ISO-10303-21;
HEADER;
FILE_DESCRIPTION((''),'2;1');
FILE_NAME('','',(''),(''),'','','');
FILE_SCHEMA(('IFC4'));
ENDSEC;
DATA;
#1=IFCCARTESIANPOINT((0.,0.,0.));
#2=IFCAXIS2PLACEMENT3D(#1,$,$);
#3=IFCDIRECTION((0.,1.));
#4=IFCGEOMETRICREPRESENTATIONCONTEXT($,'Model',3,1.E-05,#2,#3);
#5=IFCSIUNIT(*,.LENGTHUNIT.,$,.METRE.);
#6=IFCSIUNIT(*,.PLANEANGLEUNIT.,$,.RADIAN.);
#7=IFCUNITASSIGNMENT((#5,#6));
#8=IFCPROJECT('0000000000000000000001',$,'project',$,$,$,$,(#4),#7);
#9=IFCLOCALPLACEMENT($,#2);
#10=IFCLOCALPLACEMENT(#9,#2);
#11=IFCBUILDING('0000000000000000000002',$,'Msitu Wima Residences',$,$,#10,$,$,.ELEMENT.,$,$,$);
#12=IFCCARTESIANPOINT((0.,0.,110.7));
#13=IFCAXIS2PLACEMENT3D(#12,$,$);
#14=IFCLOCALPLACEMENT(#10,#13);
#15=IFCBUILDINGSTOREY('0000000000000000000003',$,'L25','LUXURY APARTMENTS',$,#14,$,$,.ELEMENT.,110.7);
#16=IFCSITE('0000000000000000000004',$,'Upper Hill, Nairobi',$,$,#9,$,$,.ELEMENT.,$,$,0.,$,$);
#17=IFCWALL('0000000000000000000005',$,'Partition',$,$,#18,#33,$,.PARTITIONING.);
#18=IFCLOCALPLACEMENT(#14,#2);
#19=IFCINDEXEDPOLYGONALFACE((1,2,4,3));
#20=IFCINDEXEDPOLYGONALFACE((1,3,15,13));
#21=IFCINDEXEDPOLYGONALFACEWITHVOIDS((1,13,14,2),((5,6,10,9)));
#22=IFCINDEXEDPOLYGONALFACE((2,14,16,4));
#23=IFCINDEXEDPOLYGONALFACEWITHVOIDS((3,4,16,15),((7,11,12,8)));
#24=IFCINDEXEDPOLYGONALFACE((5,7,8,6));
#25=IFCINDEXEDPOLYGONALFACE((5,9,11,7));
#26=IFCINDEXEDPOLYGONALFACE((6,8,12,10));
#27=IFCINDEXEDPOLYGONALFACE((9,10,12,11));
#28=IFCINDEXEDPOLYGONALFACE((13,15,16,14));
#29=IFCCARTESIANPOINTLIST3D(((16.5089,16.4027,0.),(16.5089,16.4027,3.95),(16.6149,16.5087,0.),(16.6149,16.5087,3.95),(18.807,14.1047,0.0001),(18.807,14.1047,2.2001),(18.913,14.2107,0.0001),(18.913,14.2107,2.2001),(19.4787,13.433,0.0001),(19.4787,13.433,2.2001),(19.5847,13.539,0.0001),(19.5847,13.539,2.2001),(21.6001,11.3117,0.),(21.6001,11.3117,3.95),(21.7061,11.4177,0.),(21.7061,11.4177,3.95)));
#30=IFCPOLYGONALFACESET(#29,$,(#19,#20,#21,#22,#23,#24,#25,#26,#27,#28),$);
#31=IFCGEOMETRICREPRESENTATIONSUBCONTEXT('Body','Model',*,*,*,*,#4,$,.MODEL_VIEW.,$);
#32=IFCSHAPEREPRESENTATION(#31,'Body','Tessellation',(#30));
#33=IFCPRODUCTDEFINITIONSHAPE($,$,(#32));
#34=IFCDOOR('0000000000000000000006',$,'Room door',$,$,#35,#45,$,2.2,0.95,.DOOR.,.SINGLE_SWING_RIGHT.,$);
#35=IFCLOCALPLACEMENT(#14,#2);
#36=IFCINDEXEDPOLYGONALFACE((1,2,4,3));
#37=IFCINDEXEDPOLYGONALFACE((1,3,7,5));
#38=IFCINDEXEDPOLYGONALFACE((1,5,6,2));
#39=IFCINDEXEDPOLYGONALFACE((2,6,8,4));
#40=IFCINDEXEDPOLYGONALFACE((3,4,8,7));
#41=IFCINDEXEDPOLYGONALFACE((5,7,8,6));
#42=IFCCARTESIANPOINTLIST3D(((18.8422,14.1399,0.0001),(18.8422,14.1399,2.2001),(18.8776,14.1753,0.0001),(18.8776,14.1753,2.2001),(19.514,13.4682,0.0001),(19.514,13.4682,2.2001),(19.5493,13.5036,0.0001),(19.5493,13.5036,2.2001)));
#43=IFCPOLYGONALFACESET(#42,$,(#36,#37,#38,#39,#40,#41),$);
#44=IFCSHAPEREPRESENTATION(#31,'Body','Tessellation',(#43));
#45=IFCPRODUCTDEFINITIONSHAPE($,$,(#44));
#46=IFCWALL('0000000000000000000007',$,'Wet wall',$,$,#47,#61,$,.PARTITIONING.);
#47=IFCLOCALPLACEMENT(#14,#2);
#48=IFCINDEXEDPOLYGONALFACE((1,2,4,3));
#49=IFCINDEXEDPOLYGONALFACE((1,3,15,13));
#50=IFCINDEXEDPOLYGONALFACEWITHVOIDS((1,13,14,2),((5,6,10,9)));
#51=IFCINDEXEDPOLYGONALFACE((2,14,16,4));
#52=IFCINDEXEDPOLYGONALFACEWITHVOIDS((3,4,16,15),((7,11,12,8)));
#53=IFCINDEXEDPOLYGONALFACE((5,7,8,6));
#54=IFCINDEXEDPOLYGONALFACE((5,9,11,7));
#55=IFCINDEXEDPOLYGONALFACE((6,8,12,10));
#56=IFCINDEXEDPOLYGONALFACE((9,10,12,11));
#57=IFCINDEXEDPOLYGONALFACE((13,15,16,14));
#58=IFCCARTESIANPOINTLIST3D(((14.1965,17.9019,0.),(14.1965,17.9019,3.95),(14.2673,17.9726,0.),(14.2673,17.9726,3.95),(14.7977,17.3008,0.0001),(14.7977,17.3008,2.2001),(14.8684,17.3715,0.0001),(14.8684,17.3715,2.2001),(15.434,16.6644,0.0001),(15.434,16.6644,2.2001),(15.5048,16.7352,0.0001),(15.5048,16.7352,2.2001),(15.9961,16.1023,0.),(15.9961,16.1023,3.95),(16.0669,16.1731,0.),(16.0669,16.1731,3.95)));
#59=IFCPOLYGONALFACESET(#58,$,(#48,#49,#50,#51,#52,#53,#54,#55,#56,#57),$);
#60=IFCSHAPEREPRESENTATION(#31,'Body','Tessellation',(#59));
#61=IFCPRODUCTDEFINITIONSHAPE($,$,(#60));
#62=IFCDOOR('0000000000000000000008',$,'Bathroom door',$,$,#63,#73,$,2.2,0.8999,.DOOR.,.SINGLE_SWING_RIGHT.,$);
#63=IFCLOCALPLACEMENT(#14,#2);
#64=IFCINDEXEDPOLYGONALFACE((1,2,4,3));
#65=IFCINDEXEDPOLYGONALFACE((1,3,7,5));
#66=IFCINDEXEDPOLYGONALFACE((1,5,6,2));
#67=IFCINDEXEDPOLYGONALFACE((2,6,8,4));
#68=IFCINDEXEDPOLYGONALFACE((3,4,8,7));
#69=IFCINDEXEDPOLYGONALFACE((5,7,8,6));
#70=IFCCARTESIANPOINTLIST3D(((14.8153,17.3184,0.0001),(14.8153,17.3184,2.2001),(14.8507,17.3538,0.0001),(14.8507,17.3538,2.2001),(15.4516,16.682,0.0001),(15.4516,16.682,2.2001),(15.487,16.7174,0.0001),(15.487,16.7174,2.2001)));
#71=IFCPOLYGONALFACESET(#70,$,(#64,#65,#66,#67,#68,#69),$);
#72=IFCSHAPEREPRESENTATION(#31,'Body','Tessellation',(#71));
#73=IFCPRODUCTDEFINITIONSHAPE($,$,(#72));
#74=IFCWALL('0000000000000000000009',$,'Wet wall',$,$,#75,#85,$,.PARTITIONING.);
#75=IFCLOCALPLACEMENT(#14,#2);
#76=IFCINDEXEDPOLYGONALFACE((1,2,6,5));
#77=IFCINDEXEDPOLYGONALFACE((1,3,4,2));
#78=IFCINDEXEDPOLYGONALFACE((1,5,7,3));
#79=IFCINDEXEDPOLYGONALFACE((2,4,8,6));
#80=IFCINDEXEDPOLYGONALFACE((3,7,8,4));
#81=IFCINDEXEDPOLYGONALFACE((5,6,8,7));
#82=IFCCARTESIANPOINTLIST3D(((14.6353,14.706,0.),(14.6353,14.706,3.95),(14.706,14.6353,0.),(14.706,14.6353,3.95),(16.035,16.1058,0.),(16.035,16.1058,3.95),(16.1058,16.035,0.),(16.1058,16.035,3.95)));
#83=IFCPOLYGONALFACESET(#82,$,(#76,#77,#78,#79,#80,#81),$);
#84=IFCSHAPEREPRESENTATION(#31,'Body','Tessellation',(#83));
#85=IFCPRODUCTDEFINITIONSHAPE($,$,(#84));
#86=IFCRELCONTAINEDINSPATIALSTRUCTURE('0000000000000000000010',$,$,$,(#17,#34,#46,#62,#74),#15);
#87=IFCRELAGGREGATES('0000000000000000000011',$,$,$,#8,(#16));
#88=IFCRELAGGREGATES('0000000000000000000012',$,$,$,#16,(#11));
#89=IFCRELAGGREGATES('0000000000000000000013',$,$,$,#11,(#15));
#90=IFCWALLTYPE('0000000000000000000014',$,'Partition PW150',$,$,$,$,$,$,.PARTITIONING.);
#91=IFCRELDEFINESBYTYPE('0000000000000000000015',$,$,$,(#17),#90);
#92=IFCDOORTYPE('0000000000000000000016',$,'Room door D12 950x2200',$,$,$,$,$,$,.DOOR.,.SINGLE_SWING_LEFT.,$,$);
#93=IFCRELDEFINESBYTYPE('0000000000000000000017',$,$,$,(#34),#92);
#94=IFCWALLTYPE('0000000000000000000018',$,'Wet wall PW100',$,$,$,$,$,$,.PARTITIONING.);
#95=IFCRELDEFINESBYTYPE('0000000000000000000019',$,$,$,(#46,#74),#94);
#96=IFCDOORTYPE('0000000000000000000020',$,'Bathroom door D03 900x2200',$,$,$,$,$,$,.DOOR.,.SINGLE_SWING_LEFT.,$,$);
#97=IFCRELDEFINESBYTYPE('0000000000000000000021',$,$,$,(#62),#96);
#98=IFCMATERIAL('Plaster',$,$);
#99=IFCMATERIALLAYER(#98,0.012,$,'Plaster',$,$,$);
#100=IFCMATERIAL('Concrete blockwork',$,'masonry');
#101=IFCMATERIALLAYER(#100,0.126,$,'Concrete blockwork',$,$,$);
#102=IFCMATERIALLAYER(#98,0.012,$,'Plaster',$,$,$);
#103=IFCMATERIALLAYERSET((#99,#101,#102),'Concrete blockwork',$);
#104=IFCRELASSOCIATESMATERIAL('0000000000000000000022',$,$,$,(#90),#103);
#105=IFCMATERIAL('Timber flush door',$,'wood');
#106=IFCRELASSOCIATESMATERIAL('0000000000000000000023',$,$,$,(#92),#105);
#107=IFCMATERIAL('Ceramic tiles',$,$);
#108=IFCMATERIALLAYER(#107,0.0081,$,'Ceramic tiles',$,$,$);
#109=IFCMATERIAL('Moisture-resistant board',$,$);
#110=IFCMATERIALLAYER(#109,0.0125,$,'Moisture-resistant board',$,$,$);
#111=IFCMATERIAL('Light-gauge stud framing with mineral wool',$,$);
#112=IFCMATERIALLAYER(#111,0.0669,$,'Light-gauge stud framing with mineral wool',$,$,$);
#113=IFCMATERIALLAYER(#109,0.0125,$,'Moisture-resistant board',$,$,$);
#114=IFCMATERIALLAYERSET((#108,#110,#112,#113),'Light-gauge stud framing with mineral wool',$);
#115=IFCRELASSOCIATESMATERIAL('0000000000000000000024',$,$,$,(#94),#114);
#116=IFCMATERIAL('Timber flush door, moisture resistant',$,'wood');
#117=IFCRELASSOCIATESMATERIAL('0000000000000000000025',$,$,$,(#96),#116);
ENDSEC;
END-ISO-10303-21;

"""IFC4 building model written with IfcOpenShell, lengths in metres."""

from ifc_helpers import new_model, si_unit, direction, frame, frame_2d, origin, place, context, subcontext, project, spatial, rectangle, extrude, material, layer, layer_set, type_object, element, fill, save


model = new_model("IFC4")

# Units and contexts
model_context = context("Model", 3, precision=1e-05, world=origin(), true_north=direction((0.0, 1.0)))
body_context = subcontext(model_context, "Body", "Model", "MODEL_VIEW")
ifc_project = project(units=[si_unit("LENGTHUNIT", "METRE"), si_unit("PLANEANGLEUNIT", "RADIAN")], contexts=[model_context])

# Site, building, storey
site_placement = place(None, origin())
site = spatial("IfcSite", under=ifc_project, at=site_placement, Name="Upper Hill, Nairobi", CompositionType="ELEMENT", RefElevation=0.0)
building_placement = place(site_placement, origin())
building = spatial("IfcBuilding", under=site, at=building_placement, Name="Msitu Wima Residences", CompositionType="ELEMENT")
storey_placement = place(building_placement, frame((0.0, 0.0, 110.7)))
storey = spatial("IfcBuildingStorey", under=building, at=storey_placement, Name="L25", Description="LUXURY APARTMENTS", CompositionType="ELEMENT", Elevation=110.7)

# Shared definitions
ifc_material_1 = material(Name="Plaster")
ifc_layer_1 = layer(ifc_material_1, 0.012, Name="Plaster")
ifc_material_2 = material(Name="Concrete blockwork", Category="masonry")
ifc_layer_2 = layer(ifc_material_2, 0.126, Name="Concrete blockwork")
ifc_layer_3 = layer(ifc_material_1, 0.012, Name="Plaster")
ifc_layer_set_1 = layer_set([ifc_layer_1, ifc_layer_2, ifc_layer_3], Name="Concrete blockwork")
wall_type_1 = type_object("IfcWallType", Name="Partition PW150", PredefinedType="PARTITIONING", material=ifc_layer_set_1)

# Walls, openings, doors
ifc_material_3 = material(Name="Timber flush door", Category="wood")
door_type_1 = type_object("IfcDoorType", Name="Room door D12 950x2200", OperationType="SINGLE_SWING_LEFT", PredefinedType="DOOR", material=ifc_material_3)
wall_1_placement = place(storey_placement, frame((16.5618, 16.4558, 0.0), z_axis=(0.0, 0.0, 1.0), x_axis=(0.707124, -0.70709, 0.0)))
wall_1 = element("IfcWall", 1, at=wall_1_placement, inside=storey, type_object=wall_type_1, Name="Partition", PredefinedType="PARTITIONING", context=body_context, shape_type="SweptSolid", body=[
    extrude(rectangle(XDim=7.2, YDim=0.1499, at=frame_2d((3.6001, 0.0))), origin(), (0.0, 0.0, 1.0), 3.95),
])
opening_1_placement = place(wall_1_placement, frame((3.25, 0.0, 0.0)))
opening_1 = element("IfcOpeningElement", 2, at=opening_1_placement, cuts=wall_1, PredefinedType="OPENING", context=body_context, shape_type="SweptSolid", body=[
    extrude(rectangle(XDim=0.95, YDim=2.2, at=frame_2d((0.4751, 1.1001))), frame((0.0, 0.085, 0.0), z_axis=(0.0, -1.0, 0.0), x_axis=(1.0, 0.0, 0.0)), (0.0, 0.0, 1.0), 0.1699),
])
door_1_placement = place(opening_1_placement, origin())
door_1 = element("IfcDoor", 3, at=door_1_placement, inside=storey, type_object=door_type_1, Name="Room door", OperationType="SINGLE_SWING_RIGHT", OverallHeight=2.2, OverallWidth=0.95, PredefinedType="DOOR", context=body_context, shape_type="SweptSolid", body=[
    extrude(rectangle(XDim=0.95, YDim=2.2, at=frame_2d((0.4751, 1.1001))), frame((0.0, 0.0249, 0.0), z_axis=(0.0, -1.0, 0.0), x_axis=(1.0, 0.0, 0.0)), (0.0, 0.0, 1.0), 0.05),
])
fill(opening_1, door_1)
ifc_material_4 = material(Name="Ceramic tiles")
ifc_layer_4 = layer(ifc_material_4, 0.0081, Name="Ceramic tiles")
ifc_material_5 = material(Name="Moisture-resistant board")
ifc_layer_5 = layer(ifc_material_5, 0.0125, Name="Moisture-resistant board")
ifc_material_6 = material(Name="Light-gauge stud framing with mineral wool")
ifc_layer_6 = layer(ifc_material_6, 0.0669, Name="Light-gauge stud framing with mineral wool")
ifc_layer_7 = layer(ifc_material_5, 0.0125, Name="Moisture-resistant board")
ifc_layer_set_2 = layer_set([ifc_layer_4, ifc_layer_5, ifc_layer_6, ifc_layer_7], Name="Light-gauge stud framing with mineral wool")
wall_type_2 = type_object("IfcWallType", Name="Wet wall PW100", PredefinedType="PARTITIONING", material=ifc_layer_set_2)
wall_2_placement = place(storey_placement, frame((14.2319, 17.9373, 0.0), z_axis=(0.0, 0.0, 1.0), x_axis=(0.707107, -0.707107, 0.0)))
wall_2 = element("IfcWall", 4, at=wall_2_placement, inside=storey, type_object=wall_type_2, Name="Wet wall", PredefinedType="PARTITIONING", context=body_context, shape_type="SweptSolid", body=[
    extrude(rectangle(XDim=2.5449, YDim=0.1001, at=frame_2d((1.2725, 0.0))), origin(), (0.0, 0.0, 1.0), 3.95),
])
opening_2_placement = place(wall_2_placement, frame((0.8501, 0.0, 0.0)))
opening_2 = element("IfcOpeningElement", 5, at=opening_2_placement, cuts=wall_2, PredefinedType="OPENING", context=body_context, shape_type="SweptSolid", body=[
    extrude(rectangle(XDim=0.8999, YDim=2.2, at=frame_2d((0.45, 1.1001))), frame((0.0, 0.0601, 0.0), z_axis=(0.0, -1.0, 0.0), x_axis=(1.0, 0.0, 0.0)), (0.0, 0.0, 1.0), 0.1201),
])
ifc_material_7 = material(Name="Timber flush door, moisture resistant", Category="wood")
door_type_2 = type_object("IfcDoorType", Name="Bathroom door D03 900x2200", OperationType="SINGLE_SWING_LEFT", PredefinedType="DOOR", material=ifc_material_7)
door_2_placement = place(opening_2_placement, origin())
door_2 = element("IfcDoor", 6, at=door_2_placement, inside=storey, type_object=door_type_2, Name="Bathroom door", OperationType="SINGLE_SWING_RIGHT", OverallHeight=2.2, OverallWidth=0.8999, PredefinedType="DOOR", context=body_context, shape_type="SweptSolid", body=[
    extrude(rectangle(XDim=0.8999, YDim=2.2, at=frame_2d((0.45, 1.1001))), frame((0.0, 0.0249, 0.0), z_axis=(0.0, -1.0, 0.0), x_axis=(1.0, 0.0, 0.0)), (0.0, 0.0, 1.0), 0.05),
])
fill(opening_2, door_2)

# Wall
wall_3_placement = place(storey_placement, frame((14.6707, 14.6707, 0.0), z_axis=(0.0, 0.0, 1.0), x_axis=(0.707107, 0.707107, 0.0)))
element("IfcWall", 7, at=wall_3_placement, inside=storey, type_object=wall_type_2, Name="Wet wall", PredefinedType="PARTITIONING", context=body_context, shape_type="SweptSolid", body=[
    extrude(rectangle(XDim=1.9795, YDim=0.1001, at=frame_2d((0.9897, 0.0))), origin(), (0.0, 0.0, 1.0), 3.95),
])

save(model, "model.ifc")
